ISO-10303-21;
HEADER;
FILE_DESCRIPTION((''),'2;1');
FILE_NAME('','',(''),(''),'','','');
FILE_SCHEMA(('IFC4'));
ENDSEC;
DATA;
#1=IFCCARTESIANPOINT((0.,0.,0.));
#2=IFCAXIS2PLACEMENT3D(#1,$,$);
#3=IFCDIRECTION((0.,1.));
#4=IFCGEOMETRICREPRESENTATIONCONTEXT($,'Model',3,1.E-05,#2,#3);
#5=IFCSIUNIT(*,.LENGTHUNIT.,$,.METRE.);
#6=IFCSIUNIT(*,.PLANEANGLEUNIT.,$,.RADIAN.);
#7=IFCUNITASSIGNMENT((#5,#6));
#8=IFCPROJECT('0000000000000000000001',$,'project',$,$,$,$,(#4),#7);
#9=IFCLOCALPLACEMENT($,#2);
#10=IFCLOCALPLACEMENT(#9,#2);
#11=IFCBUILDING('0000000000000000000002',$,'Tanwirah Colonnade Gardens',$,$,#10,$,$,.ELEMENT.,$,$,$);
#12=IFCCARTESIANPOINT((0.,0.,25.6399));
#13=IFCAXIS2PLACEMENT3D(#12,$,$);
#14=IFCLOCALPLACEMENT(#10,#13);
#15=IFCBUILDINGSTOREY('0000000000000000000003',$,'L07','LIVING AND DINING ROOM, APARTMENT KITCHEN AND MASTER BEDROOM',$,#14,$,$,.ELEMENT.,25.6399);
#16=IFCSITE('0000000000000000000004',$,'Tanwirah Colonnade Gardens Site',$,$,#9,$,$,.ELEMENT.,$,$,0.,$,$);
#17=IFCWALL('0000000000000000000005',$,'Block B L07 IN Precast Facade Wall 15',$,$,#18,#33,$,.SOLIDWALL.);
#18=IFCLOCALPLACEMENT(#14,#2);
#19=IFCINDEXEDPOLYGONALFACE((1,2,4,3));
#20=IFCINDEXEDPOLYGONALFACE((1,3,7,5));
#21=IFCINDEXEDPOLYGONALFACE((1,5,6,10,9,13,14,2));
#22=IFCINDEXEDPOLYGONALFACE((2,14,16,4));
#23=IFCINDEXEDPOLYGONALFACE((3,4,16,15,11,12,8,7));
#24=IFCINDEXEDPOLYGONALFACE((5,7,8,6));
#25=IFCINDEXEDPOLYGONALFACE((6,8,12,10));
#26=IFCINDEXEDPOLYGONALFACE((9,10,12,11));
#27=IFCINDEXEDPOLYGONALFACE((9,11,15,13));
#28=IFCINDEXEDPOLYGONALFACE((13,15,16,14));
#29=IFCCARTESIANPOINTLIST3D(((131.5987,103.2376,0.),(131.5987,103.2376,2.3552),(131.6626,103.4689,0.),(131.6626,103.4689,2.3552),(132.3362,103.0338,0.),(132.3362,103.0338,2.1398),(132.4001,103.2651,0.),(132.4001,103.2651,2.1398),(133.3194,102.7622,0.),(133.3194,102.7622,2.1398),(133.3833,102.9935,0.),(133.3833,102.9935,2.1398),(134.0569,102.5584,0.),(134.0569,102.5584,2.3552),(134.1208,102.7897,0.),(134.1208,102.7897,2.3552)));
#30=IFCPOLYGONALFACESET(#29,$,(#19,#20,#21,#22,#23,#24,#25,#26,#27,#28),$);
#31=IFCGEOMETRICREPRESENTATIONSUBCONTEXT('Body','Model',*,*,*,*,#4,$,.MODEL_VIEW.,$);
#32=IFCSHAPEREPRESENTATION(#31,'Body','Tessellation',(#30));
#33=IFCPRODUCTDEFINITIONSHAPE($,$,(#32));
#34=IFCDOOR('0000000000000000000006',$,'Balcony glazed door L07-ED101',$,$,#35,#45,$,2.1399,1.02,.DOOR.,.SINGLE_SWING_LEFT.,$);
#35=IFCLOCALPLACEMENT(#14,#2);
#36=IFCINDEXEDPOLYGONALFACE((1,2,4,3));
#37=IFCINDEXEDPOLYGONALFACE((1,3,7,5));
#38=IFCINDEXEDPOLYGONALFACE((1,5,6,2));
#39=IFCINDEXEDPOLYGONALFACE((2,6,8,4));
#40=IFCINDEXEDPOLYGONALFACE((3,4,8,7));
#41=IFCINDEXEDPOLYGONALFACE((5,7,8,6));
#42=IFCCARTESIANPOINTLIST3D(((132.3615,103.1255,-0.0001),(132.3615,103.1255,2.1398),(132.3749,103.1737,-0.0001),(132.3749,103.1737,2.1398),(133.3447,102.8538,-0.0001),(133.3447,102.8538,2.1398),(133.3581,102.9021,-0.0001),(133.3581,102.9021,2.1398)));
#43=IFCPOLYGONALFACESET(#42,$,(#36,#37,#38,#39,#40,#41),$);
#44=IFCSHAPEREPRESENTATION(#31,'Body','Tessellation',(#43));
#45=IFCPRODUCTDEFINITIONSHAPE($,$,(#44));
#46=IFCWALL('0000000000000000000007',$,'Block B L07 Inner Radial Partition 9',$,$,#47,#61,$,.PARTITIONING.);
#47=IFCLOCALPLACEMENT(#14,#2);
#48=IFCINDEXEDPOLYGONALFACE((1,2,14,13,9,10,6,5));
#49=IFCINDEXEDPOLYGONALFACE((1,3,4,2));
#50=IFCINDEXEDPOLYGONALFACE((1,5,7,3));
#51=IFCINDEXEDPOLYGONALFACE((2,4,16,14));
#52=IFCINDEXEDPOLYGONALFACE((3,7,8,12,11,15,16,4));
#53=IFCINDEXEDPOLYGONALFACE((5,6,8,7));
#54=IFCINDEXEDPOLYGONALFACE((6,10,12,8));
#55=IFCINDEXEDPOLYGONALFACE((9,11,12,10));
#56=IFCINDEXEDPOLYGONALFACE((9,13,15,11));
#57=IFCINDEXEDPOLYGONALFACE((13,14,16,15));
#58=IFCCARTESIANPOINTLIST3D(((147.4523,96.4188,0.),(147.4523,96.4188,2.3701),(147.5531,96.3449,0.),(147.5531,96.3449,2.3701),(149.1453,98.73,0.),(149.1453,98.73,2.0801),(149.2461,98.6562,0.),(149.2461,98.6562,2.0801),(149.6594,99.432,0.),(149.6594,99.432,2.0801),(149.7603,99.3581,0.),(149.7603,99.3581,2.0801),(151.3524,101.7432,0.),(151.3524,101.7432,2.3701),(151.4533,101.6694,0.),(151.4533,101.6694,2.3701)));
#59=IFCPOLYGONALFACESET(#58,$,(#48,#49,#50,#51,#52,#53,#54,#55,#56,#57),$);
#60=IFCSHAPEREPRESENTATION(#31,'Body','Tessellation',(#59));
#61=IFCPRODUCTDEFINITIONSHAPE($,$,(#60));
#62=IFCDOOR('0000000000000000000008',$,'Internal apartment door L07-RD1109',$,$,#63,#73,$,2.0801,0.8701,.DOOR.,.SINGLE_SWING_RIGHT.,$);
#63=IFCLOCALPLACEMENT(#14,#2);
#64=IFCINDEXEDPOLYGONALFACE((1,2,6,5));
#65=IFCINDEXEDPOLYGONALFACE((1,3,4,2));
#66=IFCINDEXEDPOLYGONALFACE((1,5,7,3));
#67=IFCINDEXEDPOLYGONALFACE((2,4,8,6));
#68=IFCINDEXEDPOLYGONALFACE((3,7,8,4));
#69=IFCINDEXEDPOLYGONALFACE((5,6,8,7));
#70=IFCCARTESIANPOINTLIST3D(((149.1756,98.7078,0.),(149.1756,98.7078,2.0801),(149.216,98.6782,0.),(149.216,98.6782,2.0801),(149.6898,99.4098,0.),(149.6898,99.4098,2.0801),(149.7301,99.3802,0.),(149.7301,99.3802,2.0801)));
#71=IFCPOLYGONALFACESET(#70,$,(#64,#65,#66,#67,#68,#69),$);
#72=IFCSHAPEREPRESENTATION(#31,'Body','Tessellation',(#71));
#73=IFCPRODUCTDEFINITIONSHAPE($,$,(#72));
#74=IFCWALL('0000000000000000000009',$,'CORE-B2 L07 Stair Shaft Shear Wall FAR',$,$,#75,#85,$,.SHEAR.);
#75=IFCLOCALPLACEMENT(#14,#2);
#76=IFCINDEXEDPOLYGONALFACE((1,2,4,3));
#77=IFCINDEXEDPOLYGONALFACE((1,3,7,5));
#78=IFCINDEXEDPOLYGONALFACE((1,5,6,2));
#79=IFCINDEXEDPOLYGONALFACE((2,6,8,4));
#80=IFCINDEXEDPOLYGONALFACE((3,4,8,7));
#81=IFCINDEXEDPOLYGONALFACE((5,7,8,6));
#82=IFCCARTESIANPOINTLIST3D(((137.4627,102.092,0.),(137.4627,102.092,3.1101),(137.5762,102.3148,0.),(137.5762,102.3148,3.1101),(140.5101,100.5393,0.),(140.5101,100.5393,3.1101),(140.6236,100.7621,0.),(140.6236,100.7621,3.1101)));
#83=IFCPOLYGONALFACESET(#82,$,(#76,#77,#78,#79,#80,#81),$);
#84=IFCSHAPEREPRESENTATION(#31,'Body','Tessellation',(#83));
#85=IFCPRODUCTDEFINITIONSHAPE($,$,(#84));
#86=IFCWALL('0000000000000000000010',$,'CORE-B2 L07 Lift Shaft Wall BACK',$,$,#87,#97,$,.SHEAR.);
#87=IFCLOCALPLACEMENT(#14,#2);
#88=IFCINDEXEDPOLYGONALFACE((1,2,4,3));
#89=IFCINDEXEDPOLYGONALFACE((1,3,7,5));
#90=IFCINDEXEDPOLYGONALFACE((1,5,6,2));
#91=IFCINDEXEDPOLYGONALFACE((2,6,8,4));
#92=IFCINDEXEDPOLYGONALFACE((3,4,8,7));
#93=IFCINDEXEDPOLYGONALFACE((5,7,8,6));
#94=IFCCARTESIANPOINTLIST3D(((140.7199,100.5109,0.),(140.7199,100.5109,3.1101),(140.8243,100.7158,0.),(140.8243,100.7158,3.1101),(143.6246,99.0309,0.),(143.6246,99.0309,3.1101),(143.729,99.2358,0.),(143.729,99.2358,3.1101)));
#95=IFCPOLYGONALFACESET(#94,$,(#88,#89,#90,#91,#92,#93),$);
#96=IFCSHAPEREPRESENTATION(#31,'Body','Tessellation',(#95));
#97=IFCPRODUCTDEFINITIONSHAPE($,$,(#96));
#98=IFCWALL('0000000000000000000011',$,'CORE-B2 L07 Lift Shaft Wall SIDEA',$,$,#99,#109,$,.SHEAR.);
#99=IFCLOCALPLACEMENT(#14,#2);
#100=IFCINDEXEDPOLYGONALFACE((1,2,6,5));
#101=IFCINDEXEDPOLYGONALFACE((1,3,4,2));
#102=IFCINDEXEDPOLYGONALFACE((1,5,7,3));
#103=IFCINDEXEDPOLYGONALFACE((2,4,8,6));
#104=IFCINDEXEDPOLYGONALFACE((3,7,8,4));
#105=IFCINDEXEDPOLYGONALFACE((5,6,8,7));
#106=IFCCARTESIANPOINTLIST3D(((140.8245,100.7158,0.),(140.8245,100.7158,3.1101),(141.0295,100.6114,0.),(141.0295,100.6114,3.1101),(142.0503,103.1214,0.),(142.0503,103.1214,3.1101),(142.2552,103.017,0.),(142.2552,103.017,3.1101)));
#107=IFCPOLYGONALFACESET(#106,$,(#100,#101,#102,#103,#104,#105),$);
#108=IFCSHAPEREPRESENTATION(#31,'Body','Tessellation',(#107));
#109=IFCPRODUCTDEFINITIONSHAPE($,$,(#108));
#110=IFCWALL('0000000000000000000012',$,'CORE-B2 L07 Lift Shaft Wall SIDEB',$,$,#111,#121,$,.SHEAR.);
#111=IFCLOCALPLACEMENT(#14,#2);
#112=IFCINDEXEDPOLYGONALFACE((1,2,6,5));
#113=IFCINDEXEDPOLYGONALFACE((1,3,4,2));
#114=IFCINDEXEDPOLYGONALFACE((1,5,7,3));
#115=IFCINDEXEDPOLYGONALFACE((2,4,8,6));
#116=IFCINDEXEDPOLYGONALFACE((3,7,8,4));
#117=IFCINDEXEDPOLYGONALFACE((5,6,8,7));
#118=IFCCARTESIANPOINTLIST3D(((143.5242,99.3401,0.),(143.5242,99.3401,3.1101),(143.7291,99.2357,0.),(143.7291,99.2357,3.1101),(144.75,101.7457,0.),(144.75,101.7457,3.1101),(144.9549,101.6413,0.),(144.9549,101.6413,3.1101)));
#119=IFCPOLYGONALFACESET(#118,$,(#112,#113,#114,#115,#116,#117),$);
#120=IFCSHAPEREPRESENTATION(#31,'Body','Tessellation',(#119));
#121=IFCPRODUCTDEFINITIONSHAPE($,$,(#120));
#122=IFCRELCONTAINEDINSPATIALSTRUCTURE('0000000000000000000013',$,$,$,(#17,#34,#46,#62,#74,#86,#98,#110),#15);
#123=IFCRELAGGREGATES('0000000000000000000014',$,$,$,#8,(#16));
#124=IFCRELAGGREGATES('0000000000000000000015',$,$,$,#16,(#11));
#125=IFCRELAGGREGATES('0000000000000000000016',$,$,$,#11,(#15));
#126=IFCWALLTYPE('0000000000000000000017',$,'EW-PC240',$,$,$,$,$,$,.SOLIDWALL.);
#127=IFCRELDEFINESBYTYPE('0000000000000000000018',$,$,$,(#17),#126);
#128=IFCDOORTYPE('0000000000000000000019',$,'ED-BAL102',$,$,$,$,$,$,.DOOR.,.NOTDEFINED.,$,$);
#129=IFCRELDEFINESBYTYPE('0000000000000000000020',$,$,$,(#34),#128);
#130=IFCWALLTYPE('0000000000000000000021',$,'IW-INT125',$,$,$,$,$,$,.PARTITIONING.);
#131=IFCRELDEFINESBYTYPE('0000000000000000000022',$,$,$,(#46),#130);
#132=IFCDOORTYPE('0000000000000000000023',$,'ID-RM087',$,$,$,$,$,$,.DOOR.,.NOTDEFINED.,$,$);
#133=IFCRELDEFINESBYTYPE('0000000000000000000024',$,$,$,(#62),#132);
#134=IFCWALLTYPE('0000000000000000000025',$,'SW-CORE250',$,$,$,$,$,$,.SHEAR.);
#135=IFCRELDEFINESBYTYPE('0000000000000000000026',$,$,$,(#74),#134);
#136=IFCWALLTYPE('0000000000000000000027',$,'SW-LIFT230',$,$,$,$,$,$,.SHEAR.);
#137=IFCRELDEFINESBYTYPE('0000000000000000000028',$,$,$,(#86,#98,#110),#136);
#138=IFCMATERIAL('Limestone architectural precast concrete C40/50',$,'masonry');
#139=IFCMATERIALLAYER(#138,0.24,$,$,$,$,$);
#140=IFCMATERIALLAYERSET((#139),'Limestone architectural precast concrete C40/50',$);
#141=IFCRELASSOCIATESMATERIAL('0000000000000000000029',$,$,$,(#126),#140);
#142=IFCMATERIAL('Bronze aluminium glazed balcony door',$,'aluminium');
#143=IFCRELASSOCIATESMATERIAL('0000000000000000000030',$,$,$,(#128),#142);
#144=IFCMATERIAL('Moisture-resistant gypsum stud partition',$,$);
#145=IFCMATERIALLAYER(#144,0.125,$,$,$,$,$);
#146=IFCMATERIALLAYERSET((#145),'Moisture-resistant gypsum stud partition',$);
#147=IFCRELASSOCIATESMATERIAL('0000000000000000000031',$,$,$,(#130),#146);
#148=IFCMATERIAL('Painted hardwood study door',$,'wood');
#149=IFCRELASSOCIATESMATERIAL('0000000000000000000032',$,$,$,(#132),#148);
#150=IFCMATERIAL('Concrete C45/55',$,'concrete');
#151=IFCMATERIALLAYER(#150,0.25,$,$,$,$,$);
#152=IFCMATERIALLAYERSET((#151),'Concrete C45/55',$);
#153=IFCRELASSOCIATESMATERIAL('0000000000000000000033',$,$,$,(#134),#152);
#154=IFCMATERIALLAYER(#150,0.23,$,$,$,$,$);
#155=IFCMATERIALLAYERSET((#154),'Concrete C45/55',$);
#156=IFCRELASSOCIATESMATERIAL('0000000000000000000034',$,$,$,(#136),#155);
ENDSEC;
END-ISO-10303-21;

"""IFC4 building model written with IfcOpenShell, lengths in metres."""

from ifc_helpers import new_model, si_unit, direction, frame, frame_2d, origin, place, context, subcontext, project, spatial, rectangle, extrude, material, layer, layer_set, type_object, element, fill, save


model = new_model("IFC4")

# Units and contexts
model_context = context("Model", 3, precision=1e-05, world=origin(), true_north=direction((0.0, 1.0)))
body_context = subcontext(model_context, "Body", "Model", "MODEL_VIEW")
ifc_project = project(units=[si_unit("LENGTHUNIT", "METRE"), si_unit("PLANEANGLEUNIT", "RADIAN")], contexts=[model_context])

# Site, building, storey
site_placement = place(None, origin())
site = spatial("IfcSite", under=ifc_project, at=site_placement, Name="Tanwirah Colonnade Gardens Site", CompositionType="ELEMENT", RefElevation=0.0)
building_placement = place(site_placement, origin())
building = spatial("IfcBuilding", under=site, at=building_placement, Name="Tanwirah Colonnade Gardens", CompositionType="ELEMENT")
storey_placement = place(building_placement, frame((0.0, 0.0, 25.6399)))
storey = spatial("IfcBuildingStorey", under=building, at=storey_placement, Name="L07", Description="LIVING AND DINING ROOM, APARTMENT KITCHEN AND MASTER BEDROOM", CompositionType="ELEMENT", Elevation=25.6399)

# Walls, openings, doors
ifc_material_1 = material(Name="Limestone architectural precast concrete C40/50", Category="masonry")
ifc_layer_1 = layer(ifc_material_1, 0.24)
ifc_layer_set_1 = layer_set([ifc_layer_1], Name="Limestone architectural precast concrete C40/50")
wall_type_1 = type_object("IfcWallType", Name="EW-PC240", PredefinedType="SOLIDWALL", material=ifc_layer_set_1)
wall_1_placement = place(storey_placement, frame((134.0889, 102.6741, 0.0), z_axis=(0.0, 0.0, 1.0), x_axis=(-0.963886, 0.266315, 0.0)))
wall_1 = element("IfcWall", 1, at=wall_1_placement, inside=storey, type_object=wall_type_1, Name="Block B L07 IN Precast Facade Wall 15", PredefinedType="SOLIDWALL", context=body_context, shape_type="SweptSolid", body=[
    extrude(rectangle(XDim=2.5503, YDim=0.24, at=frame_2d((1.2751, 0.0))), origin(), (0.0, 0.0, 1.0), 2.3552),
])
opening_1_placement = place(wall_1_placement, frame((0.7651, 0.0, 0.0)))
opening_1 = element("IfcOpeningElement", 2, at=opening_1_placement, cuts=wall_1, PredefinedType="OPENING", context=body_context, shape_type="SweptSolid", body=[
    extrude(rectangle(XDim=1.02, YDim=2.1399, at=frame_2d((0.51, 1.0698))), frame((0.0, 0.1299, 0.0), z_axis=(0.0, -1.0, 0.0), x_axis=(1.0, 0.0, 0.0)), (0.0, 0.0, 1.0), 0.26),
])
ifc_material_2 = material(Name="Bronze aluminium glazed balcony door", Category="aluminium")
door_type_1 = type_object("IfcDoorType", Name="ED-BAL102", OperationType="NOTDEFINED", PredefinedType="DOOR", material=ifc_material_2)
door_1_placement = place(opening_1_placement, origin())
door_1 = element("IfcDoor", 3, at=door_1_placement, inside=storey, type_object=door_type_1, Name="Balcony glazed door L07-ED101", OperationType="SINGLE_SWING_LEFT", OverallHeight=2.1399, OverallWidth=1.02, PredefinedType="DOOR", context=body_context, shape_type="SweptSolid", body=[
    extrude(rectangle(XDim=1.02, YDim=2.1399, at=frame_2d((0.51, 1.0698))), frame((0.0, 0.0249, 0.0), z_axis=(0.0, -1.0, 0.0), x_axis=(1.0, 0.0, 0.0)), (0.0, 0.0, 1.0), 0.05),
])
fill(opening_1, door_1)
ifc_material_3 = material(Name="Moisture-resistant gypsum stud partition")
ifc_layer_2 = layer(ifc_material_3, 0.125)
ifc_layer_set_2 = layer_set([ifc_layer_2], Name="Moisture-resistant gypsum stud partition")
wall_type_2 = type_object("IfcWallType", Name="IW-INT125", PredefinedType="PARTITIONING", material=ifc_layer_set_2)
wall_2_placement = place(storey_placement, frame((147.5027, 96.3818, 0.0), z_axis=(0.0, 0.0, 1.0), x_axis=(0.590924, 0.806727, 0.0)))
wall_2 = element("IfcWall", 4, at=wall_2_placement, inside=storey, type_object=wall_type_2, Name="Block B L07 Inner Radial Partition 9", PredefinedType="PARTITIONING", context=body_context, shape_type="SweptSolid", body=[
    extrude(rectangle(XDim=6.6001, YDim=0.125, at=frame_2d((3.3, 0.0))), origin(), (0.0, 0.0, 1.0), 2.3701),
])
opening_2_placement = place(wall_2_placement, frame((2.865, 0.0, 0.0)))
opening_2 = element("IfcOpeningElement", 5, at=opening_2_placement, cuts=wall_2, PredefinedType="OPENING", context=body_context, shape_type="SweptSolid", body=[
    extrude(rectangle(XDim=0.8701, YDim=2.0801, at=frame_2d((0.4351, 1.04))), frame((0.0, 0.0725, 0.0), z_axis=(0.0, -1.0, 0.0), x_axis=(1.0, 0.0, 0.0)), (0.0, 0.0, 1.0), 0.145),
])
ifc_material_4 = material(Name="Painted hardwood study door", Category="wood")
door_type_2 = type_object("IfcDoorType", Name="ID-RM087", OperationType="NOTDEFINED", PredefinedType="DOOR", material=ifc_material_4)
door_2_placement = place(opening_2_placement, origin())
door_2 = element("IfcDoor", 6, at=door_2_placement, inside=storey, type_object=door_type_2, Name="Internal apartment door L07-RD1109", OperationType="SINGLE_SWING_RIGHT", OverallHeight=2.0801, OverallWidth=0.8701, PredefinedType="DOOR", context=body_context, shape_type="SweptSolid", body=[
    extrude(rectangle(XDim=0.8701, YDim=2.0801, at=frame_2d((0.4351, 1.04))), frame((0.0, 0.0249, 0.0), z_axis=(0.0, -1.0, 0.0), x_axis=(1.0, 0.0, 0.0)), (0.0, 0.0, 1.0), 0.05),
])
fill(opening_2, door_2)

# Walls
ifc_material_5 = material(Name="Concrete C45/55", Category="concrete")
ifc_layer_3 = layer(ifc_material_5, 0.25)
ifc_layer_set_3 = layer_set([ifc_layer_3], Name="Concrete C45/55")
wall_type_3 = type_object("IfcWallType", Name="SW-CORE250", PredefinedType="SHEAR", material=ifc_layer_set_3)
wall_3_placement = place(storey_placement, frame((137.5195, 102.2034, 0.0), z_axis=(0.0, 0.0, 1.0), x_axis=(0.891004, -0.453996, 0.0)))
element("IfcWall", 7, at=wall_3_placement, inside=storey, type_object=wall_type_3, Name="CORE-B2 L07 Stair Shaft Shear Wall FAR", PredefinedType="SHEAR", context=body_context, shape_type="SweptSolid", body=[
    extrude(rectangle(XDim=3.4202, YDim=0.25, at=frame_2d((1.71, 0.0))), origin(), (0.0, 0.0, 1.0), 3.1101),
])
ifc_layer_4 = layer(ifc_material_5, 0.23)
ifc_layer_set_4 = layer_set([ifc_layer_4], Name="Concrete C45/55")
wall_type_4 = type_object("IfcWallType", Name="SW-LIFT230", PredefinedType="SHEAR", material=ifc_layer_set_4)
wall_4_placement = place(storey_placement, frame((140.7722, 100.6133, 0.0), z_axis=(0.0, 0.0, 1.0), x_axis=(0.891017, -0.453971, 0.0)))
element("IfcWall", 8, at=wall_4_placement, inside=storey, type_object=wall_type_4, Name="CORE-B2 L07 Lift Shaft Wall BACK", PredefinedType="SHEAR", context=body_context, shape_type="SweptSolid", body=[
    extrude(rectangle(XDim=3.26, YDim=0.23, at=frame_2d((1.6299, 0.0))), origin(), (0.0, 0.0, 1.0), 3.1101),
])
for number, where, z_axis, x_axis, name in (
    (9, (142.1528, 103.0693, 0.0), (0.0, 0.0, 1.0), (-0.454, -0.891002, 0.0), "CORE-B2 L07 Lift Shaft Wall SIDEA"),
    (10, (144.8525, 101.6936, 0.0), (0.0, 0.0, 1.0), (-0.454037, -0.890983, 0.0), "CORE-B2 L07 Lift Shaft Wall SIDEB"),
):
    element("IfcWall", number, at=place(storey_placement, frame(where, z_axis=z_axis, x_axis=x_axis)), inside=storey, type_object=wall_type_4, Name=name, PredefinedType="SHEAR", context=body_context, shape_type="SweptSolid", body=[
        extrude(rectangle(XDim=2.7, YDim=0.23, at=frame_2d((1.3501, 0.0))), origin(), (0.0, 0.0, 1.0), 3.1101),
    ])

save(model, "model.ifc")
